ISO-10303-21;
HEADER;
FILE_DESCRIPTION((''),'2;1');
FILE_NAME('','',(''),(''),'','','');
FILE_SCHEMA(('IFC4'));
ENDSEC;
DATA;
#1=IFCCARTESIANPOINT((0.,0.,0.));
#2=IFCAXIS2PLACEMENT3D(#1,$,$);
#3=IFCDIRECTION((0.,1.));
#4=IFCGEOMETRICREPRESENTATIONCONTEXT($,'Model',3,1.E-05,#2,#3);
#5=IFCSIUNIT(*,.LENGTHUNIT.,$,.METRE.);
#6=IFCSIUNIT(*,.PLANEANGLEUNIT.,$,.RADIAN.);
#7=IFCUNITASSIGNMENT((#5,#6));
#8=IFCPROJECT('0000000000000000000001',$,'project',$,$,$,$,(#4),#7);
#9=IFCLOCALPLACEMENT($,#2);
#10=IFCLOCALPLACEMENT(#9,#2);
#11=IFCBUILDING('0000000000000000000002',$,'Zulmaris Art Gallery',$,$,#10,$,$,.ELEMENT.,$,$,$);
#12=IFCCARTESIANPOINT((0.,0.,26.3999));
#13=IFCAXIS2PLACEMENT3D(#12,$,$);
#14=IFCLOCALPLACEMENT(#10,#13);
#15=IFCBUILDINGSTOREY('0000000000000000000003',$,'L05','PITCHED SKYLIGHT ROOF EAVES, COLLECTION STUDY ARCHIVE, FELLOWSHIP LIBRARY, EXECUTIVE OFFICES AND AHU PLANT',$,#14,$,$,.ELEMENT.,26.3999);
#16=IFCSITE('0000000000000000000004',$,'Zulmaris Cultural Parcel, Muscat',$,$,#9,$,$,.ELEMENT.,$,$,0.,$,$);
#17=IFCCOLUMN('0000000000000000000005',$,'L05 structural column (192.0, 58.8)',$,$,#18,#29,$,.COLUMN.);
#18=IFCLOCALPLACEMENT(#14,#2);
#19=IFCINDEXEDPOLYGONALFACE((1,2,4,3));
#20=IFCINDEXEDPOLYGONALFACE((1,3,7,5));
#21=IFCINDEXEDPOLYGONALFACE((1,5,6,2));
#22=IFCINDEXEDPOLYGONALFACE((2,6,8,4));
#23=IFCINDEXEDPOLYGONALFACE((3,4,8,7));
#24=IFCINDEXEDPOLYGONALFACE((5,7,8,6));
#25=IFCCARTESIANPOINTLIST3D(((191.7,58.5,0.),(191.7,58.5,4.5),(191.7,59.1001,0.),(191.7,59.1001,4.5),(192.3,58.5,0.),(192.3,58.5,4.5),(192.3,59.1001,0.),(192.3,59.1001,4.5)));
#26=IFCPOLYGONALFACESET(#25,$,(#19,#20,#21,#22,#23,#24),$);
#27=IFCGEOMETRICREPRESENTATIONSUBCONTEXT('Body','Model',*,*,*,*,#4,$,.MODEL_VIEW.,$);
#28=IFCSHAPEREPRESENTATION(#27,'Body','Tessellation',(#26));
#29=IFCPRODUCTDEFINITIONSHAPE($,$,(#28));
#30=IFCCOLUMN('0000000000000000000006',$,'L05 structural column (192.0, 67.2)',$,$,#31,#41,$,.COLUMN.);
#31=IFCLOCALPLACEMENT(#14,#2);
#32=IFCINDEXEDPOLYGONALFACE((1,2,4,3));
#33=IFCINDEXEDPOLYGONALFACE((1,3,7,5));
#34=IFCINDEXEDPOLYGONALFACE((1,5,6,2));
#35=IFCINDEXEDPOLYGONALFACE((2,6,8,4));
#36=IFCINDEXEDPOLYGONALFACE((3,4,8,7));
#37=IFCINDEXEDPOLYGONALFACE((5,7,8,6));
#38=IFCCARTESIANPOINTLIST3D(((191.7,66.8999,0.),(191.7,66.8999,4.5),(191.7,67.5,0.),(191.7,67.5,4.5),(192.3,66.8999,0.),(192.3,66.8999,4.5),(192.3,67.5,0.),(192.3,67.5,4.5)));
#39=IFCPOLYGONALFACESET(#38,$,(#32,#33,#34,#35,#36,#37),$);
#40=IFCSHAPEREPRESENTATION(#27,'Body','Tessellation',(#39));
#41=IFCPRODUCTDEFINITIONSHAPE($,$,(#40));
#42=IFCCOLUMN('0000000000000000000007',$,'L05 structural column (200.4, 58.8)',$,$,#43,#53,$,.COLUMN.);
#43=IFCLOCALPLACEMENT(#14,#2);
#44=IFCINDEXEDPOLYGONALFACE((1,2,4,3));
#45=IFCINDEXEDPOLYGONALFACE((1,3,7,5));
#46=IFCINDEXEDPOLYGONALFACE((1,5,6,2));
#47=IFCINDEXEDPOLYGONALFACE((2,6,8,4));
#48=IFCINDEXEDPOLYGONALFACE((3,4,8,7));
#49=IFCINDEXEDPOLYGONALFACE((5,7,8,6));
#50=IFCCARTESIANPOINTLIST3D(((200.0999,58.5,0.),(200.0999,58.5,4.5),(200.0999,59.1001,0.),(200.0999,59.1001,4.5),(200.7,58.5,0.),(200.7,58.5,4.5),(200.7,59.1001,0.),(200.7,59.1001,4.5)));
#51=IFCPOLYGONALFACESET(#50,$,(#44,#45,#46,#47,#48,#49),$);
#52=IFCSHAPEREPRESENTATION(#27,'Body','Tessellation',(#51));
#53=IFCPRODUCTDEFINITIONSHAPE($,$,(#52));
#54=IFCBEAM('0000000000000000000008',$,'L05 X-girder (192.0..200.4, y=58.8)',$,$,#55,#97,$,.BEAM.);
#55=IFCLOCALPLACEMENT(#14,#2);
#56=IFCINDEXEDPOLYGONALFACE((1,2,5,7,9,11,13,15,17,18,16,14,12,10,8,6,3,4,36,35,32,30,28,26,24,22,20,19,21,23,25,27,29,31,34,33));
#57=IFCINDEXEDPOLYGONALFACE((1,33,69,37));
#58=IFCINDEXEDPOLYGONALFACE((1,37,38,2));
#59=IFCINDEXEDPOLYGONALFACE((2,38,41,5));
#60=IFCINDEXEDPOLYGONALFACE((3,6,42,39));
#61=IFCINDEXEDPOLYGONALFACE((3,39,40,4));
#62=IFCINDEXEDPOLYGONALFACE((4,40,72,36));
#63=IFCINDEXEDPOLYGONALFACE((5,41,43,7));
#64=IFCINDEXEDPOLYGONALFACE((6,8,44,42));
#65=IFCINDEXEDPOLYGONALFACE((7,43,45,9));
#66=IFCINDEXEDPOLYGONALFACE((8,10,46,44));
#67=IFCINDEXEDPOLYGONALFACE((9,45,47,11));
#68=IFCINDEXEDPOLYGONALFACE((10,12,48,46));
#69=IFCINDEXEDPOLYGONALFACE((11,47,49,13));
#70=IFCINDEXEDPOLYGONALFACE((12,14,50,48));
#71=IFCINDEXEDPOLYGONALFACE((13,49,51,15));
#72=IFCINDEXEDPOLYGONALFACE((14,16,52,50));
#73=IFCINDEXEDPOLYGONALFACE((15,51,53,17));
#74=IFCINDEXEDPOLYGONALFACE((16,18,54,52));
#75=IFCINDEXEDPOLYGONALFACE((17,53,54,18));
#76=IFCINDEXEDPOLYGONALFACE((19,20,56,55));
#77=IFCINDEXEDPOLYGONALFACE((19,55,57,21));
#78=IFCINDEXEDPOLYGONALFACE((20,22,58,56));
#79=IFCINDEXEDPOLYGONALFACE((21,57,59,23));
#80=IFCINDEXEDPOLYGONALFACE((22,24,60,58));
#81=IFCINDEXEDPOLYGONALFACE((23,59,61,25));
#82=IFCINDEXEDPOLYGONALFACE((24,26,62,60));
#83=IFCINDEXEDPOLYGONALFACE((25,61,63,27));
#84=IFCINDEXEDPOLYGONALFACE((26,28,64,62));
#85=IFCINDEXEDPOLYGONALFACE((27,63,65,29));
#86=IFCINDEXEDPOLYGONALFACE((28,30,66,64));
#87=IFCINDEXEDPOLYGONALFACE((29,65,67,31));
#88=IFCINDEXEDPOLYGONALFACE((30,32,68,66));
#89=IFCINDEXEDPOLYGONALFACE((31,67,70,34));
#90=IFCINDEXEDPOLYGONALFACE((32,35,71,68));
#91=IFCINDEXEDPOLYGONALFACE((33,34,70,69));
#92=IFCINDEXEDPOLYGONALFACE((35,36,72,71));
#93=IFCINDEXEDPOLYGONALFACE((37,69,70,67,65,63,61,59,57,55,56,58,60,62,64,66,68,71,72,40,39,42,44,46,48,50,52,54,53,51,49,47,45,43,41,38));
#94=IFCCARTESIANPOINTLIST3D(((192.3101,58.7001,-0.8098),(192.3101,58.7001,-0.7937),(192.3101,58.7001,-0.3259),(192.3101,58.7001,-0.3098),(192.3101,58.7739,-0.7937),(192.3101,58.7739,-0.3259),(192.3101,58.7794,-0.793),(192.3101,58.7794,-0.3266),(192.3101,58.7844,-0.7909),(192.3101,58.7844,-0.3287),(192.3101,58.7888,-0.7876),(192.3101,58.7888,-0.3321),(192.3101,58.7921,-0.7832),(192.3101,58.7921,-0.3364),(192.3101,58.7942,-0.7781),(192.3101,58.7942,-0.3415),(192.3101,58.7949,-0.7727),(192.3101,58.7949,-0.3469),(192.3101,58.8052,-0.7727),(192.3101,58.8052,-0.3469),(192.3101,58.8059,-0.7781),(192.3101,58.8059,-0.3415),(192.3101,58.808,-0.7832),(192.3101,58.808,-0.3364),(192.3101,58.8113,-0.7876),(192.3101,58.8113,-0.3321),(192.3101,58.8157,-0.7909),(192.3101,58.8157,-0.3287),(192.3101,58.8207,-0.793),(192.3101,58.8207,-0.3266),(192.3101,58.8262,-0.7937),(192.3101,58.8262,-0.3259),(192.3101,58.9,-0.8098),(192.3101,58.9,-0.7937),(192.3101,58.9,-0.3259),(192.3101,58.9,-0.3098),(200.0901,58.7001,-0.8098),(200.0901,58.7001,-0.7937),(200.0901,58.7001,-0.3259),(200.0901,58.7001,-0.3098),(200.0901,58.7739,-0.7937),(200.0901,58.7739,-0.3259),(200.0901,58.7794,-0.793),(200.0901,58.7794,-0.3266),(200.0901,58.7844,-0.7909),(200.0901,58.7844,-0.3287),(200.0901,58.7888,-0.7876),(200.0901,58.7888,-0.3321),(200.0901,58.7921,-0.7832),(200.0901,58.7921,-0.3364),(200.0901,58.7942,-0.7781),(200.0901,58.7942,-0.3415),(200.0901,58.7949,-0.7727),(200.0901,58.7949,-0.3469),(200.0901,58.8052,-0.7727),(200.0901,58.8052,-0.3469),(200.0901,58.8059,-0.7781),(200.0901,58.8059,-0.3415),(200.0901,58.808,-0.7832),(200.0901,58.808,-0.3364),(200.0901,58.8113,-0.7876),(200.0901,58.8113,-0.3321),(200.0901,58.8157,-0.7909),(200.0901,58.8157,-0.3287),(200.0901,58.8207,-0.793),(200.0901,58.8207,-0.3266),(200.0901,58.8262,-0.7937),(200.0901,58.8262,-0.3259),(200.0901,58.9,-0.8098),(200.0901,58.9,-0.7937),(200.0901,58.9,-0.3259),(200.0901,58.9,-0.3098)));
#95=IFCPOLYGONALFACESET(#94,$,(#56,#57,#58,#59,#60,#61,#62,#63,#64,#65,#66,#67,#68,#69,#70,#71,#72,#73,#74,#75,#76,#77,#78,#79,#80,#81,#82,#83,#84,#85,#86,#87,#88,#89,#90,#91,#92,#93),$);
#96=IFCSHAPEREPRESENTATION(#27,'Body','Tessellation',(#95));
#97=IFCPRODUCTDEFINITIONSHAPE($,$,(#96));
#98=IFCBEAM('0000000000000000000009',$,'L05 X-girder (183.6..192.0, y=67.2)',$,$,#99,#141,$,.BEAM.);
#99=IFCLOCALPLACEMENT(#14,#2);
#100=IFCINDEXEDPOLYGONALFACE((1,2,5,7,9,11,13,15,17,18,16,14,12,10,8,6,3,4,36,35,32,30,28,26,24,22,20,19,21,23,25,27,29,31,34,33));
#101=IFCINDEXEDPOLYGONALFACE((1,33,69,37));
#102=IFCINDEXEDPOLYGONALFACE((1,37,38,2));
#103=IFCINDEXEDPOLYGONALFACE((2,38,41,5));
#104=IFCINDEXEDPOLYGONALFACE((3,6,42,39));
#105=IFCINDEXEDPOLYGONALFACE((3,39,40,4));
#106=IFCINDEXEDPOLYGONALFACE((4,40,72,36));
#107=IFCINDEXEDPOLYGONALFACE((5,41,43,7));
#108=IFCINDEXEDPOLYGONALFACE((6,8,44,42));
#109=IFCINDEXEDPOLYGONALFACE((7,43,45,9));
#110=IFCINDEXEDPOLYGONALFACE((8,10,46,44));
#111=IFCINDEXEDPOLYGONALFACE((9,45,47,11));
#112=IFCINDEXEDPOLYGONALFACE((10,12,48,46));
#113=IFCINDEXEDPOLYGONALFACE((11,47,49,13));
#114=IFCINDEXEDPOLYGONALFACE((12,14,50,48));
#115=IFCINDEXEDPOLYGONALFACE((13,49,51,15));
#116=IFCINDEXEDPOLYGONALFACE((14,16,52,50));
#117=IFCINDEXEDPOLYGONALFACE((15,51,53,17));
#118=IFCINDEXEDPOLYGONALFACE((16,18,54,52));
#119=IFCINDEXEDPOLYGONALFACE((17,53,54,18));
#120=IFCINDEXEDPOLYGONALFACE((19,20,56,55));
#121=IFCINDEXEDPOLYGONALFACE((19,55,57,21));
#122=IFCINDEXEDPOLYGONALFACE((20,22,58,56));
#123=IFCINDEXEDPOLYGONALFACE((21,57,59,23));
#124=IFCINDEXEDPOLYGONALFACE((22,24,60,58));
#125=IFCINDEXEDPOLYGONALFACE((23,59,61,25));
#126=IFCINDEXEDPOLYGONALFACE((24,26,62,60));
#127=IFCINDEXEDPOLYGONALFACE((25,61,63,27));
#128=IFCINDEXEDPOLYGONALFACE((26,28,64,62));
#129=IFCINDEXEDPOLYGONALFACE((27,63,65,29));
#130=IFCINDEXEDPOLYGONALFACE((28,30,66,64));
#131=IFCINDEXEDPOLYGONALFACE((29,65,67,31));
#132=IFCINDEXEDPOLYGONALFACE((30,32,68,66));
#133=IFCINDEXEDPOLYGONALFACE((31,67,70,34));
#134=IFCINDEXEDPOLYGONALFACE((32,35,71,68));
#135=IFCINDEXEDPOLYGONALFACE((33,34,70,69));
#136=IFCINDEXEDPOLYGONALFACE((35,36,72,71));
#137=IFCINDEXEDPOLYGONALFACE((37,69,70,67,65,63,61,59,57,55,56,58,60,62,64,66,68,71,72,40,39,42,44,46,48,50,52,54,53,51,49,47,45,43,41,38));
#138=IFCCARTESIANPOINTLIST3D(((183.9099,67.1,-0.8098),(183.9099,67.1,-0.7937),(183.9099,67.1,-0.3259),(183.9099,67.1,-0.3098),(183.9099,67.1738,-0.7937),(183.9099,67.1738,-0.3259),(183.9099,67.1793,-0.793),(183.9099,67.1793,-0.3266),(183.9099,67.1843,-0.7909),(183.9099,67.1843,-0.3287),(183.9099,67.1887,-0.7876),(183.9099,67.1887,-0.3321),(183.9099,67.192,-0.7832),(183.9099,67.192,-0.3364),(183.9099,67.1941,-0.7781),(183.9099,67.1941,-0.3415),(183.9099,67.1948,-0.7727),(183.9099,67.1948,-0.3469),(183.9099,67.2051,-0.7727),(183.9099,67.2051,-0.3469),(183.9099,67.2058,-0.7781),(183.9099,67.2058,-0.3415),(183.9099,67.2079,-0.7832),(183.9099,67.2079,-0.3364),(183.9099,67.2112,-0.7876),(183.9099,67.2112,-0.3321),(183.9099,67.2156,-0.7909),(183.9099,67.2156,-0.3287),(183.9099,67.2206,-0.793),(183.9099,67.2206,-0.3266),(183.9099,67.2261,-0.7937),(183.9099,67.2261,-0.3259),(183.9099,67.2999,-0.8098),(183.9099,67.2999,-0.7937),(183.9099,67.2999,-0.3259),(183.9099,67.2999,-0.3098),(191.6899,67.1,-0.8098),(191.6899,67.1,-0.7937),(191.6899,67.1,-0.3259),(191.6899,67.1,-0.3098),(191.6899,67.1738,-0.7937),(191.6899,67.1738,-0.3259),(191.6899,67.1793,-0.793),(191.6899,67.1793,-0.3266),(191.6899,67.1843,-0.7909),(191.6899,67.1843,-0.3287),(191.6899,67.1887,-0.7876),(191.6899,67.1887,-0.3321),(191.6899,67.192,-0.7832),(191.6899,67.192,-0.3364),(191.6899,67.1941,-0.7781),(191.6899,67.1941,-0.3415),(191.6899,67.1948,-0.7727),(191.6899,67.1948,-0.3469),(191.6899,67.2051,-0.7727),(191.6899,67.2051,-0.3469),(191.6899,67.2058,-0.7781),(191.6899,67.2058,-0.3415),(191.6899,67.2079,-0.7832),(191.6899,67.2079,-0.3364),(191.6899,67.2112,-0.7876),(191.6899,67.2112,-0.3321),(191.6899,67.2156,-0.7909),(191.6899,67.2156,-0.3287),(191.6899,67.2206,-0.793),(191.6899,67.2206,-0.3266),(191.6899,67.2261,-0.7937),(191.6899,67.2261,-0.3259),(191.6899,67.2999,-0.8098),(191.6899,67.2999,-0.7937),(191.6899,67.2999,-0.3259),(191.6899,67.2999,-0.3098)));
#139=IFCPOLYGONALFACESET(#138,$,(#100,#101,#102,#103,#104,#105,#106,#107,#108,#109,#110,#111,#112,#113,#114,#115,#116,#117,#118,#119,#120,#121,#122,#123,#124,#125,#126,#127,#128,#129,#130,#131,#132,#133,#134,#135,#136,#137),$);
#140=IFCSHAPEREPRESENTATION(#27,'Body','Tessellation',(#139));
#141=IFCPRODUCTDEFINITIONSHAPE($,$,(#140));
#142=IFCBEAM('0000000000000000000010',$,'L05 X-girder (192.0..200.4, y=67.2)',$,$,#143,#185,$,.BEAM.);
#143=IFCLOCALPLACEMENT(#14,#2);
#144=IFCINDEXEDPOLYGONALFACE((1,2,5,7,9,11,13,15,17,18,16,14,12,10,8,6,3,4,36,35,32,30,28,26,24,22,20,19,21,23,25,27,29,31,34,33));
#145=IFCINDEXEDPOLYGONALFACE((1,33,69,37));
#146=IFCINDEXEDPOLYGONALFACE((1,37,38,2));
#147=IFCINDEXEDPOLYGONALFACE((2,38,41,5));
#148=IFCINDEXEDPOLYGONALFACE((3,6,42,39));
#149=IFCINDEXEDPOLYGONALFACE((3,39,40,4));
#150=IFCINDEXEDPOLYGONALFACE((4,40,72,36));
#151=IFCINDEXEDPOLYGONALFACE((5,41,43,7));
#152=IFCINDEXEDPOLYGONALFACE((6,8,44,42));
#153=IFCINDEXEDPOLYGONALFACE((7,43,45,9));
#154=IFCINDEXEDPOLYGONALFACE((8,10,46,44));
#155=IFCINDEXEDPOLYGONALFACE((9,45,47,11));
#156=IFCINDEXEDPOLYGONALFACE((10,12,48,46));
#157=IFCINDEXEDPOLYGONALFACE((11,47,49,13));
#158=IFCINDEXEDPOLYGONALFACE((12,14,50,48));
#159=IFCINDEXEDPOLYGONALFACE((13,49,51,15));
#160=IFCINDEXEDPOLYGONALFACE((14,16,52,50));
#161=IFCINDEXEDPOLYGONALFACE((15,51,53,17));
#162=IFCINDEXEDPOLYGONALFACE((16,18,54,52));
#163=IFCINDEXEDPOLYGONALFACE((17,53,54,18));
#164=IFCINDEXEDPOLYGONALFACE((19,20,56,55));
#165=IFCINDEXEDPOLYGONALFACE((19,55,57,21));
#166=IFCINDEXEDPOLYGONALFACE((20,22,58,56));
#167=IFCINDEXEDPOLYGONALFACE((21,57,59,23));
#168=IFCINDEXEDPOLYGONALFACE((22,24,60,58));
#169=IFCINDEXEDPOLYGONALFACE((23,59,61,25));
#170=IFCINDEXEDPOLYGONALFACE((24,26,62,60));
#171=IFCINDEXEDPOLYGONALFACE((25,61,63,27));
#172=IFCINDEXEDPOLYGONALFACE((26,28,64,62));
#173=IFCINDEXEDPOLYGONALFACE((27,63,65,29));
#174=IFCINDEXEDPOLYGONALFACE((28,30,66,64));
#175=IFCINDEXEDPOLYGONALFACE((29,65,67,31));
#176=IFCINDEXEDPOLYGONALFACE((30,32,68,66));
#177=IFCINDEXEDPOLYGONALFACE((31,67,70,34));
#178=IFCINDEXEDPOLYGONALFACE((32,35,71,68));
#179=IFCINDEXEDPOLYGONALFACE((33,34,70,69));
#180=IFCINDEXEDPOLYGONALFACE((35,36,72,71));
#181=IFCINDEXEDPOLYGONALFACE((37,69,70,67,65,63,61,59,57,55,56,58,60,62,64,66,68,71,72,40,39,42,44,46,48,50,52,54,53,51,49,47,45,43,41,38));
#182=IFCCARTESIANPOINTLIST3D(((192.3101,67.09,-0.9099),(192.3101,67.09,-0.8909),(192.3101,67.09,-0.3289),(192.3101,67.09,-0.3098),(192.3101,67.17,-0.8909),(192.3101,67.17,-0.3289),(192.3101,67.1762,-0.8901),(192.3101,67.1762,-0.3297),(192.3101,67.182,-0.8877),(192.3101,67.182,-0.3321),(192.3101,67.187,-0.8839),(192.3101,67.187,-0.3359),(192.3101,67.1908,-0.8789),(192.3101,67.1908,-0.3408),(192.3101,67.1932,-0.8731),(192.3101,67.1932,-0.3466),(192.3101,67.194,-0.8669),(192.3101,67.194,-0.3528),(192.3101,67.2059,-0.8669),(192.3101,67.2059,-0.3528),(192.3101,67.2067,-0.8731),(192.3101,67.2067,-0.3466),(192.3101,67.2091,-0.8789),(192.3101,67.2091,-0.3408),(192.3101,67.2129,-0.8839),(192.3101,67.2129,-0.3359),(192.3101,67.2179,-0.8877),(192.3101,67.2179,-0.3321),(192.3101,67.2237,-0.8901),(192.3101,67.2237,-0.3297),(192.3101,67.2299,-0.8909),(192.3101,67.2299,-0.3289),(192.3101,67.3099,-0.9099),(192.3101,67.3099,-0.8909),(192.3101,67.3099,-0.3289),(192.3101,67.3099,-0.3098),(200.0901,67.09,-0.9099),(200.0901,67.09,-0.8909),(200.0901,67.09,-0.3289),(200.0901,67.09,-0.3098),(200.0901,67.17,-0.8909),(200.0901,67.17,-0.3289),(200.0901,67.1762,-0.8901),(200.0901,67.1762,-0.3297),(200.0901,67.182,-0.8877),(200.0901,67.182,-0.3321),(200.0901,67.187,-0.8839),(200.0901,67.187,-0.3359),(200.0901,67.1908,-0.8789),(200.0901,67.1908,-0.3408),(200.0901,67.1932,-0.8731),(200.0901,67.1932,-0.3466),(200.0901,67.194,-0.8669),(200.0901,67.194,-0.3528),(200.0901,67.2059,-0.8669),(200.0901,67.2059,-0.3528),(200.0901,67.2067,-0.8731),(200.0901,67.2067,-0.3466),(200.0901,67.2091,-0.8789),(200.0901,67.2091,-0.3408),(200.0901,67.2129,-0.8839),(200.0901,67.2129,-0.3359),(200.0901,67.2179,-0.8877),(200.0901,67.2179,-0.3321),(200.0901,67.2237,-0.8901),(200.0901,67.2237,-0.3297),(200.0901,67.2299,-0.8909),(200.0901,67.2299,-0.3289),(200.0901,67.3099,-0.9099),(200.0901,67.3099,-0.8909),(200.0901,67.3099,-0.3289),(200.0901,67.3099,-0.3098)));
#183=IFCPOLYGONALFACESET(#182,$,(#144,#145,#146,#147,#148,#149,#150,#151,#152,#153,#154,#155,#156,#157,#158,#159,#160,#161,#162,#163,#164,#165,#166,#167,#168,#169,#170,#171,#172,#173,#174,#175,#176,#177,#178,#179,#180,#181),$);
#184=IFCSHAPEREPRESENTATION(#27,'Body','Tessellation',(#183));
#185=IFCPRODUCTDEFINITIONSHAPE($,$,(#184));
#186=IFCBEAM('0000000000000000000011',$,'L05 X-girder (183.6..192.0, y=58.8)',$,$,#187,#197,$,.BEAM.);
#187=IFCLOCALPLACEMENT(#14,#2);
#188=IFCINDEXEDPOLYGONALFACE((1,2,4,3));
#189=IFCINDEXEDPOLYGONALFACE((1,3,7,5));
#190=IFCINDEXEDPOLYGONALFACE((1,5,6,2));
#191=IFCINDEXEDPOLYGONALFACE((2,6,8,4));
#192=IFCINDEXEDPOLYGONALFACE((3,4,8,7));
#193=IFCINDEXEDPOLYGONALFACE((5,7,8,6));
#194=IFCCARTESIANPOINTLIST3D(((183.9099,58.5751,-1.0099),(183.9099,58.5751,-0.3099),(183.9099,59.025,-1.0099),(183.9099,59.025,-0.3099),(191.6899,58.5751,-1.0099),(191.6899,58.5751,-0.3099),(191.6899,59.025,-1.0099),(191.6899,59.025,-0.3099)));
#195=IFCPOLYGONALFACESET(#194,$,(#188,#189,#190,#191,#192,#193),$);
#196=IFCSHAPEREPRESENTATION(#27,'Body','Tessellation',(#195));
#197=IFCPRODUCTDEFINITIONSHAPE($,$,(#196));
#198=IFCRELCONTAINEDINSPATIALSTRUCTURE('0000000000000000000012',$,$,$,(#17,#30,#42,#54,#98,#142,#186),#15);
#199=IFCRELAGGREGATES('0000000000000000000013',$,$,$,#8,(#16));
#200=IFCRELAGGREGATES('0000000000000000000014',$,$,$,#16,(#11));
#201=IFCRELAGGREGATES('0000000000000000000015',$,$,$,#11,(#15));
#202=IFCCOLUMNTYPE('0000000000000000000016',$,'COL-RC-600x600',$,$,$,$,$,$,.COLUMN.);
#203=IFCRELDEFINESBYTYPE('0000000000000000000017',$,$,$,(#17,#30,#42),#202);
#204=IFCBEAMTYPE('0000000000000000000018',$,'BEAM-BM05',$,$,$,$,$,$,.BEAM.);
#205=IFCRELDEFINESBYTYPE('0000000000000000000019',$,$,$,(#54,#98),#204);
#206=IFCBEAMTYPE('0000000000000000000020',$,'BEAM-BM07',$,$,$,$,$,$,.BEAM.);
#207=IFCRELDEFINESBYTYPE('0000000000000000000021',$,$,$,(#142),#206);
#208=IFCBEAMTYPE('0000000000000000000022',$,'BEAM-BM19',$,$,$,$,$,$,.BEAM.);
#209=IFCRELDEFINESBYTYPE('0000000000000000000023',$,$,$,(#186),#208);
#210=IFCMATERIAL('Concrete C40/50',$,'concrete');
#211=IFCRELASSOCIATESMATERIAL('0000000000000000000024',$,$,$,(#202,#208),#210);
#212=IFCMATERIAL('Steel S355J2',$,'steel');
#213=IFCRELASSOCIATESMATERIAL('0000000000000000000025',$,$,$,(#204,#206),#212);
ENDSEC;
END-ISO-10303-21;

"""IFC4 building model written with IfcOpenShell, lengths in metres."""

from ifc_helpers import new_model, si_unit, direction, frame, origin, origin_2d, place, context, subcontext, project, spatial, rectangle, i_section, extrude, material, material_profile, profile_set, type_object, element, save


model = new_model("IFC4")

# Units and contexts
model_context = context("Model", 3, precision=1e-05, world=origin(), true_north=direction((0.0, 1.0)))
body_context = subcontext(model_context, "Body", "Model", "MODEL_VIEW")
ifc_project = project(units=[si_unit("LENGTHUNIT", "METRE"), si_unit("PLANEANGLEUNIT", "RADIAN")], contexts=[model_context])

# Site, building, storey
site_placement = place(None, origin())
site = spatial("IfcSite", under=ifc_project, at=site_placement, Name="Zulmaris Cultural Parcel, Muscat", CompositionType="ELEMENT", RefElevation=0.0)
building_placement = place(site_placement, origin())
building = spatial("IfcBuilding", under=site, at=building_placement, Name="Zulmaris Art Gallery", CompositionType="ELEMENT")
storey_placement = place(building_placement, frame((0.0, 0.0, 26.3999)))
storey = spatial("IfcBuildingStorey", under=building, at=storey_placement, Name="L05", Description="PITCHED SKYLIGHT ROOF EAVES, COLLECTION STUDY ARCHIVE, FELLOWSHIP LIBRARY, EXECUTIVE OFFICES AND AHU PLANT", CompositionType="ELEMENT", Elevation=26.3999)

# Columns
ifc_material_1 = material(Name="Concrete C40/50", Category="concrete")
ifc_material_profile_1 = material_profile(ifc_material_1, rectangle(XDim=0.6001, YDim=0.6001, at=origin_2d()), Name="RC 600x600")
ifc_profile_set_1 = profile_set([ifc_material_profile_1], Name="Concrete C40/50")
column_type = type_object("IfcColumnType", Name="COL-RC-600x600", PredefinedType="COLUMN", material=ifc_profile_set_1)
for number, where, z_axis, x_axis, name in (
    (1, (192.0, 58.8, 0.0), (0.0, 0.0, 1.0), (1.0, 0.0, 0.0), "L05 structural column (192.0, 58.8)"),
    (2, (192.0, 67.2, 0.0), (0.0, 0.0, 1.0), (1.0, 0.0, 0.0), "L05 structural column (192.0, 67.2)"),
    (3, (200.3999, 58.8, 0.0), (0.0, 0.0, 1.0), (1.0, 0.0, 0.0), "L05 structural column (200.4, 58.8)"),
):
    element("IfcColumn", number, at=place(storey_placement, frame(where, z_axis=z_axis, x_axis=x_axis)), inside=storey, type_object=column_type, Name=name, PredefinedType="COLUMN", context=body_context, shape_type="SweptSolid", body=[
        extrude(rectangle(XDim=0.6001, YDim=0.6001, at=origin_2d()), origin(), (0.0, 0.0, 1.0), 4.5),
    ])

# Beams
ifc_material_2 = material(Name="Steel S355J2", Category="steel")
ifc_material_profile_2 = material_profile(ifc_material_2, i_section(OverallWidth=0.2, OverallDepth=0.5, WebThickness=0.0103, FlangeThickness=0.0161, FilletRadius=0.021, at=origin_2d()), Name="IPE 500")
ifc_profile_set_2 = profile_set([ifc_material_profile_2], Name="Steel S355J2")
beam_type_1 = type_object("IfcBeamType", Name="BEAM-BM05", PredefinedType="BEAM", material=ifc_profile_set_2)
for number, where, z_axis, x_axis, name in (
    (4, (192.3101, 58.8, -0.5598), (1.0, 0.0, 0.0), (0.0, 1.0, 0.0), "L05 X-girder (192.0..200.4, y=58.8)"),
    (5, (183.9099, 67.2, -0.5598), (1.0, 0.0, 0.0), (0.0, 1.0, 0.0), "L05 X-girder (183.6..192.0, y=67.2)"),
):
    element("IfcBeam", number, at=place(storey_placement, frame(where, z_axis=z_axis, x_axis=x_axis)), inside=storey, type_object=beam_type_1, Name=name, PredefinedType="BEAM", context=body_context, shape_type="SweptSolid", body=[
        extrude(i_section(OverallWidth=0.2, OverallDepth=0.5, WebThickness=0.0103, FlangeThickness=0.0161, FilletRadius=0.021, at=origin_2d()), origin(), (0.0, 0.0, 1.0), 7.78),
    ])
ifc_material_profile_3 = material_profile(ifc_material_2, i_section(OverallWidth=0.22, OverallDepth=0.6001, WebThickness=0.012, FlangeThickness=0.019, FilletRadius=0.0239, at=origin_2d()), Name="IPE 600")
ifc_profile_set_3 = profile_set([ifc_material_profile_3], Name="Steel S355J2")
beam_type_2 = type_object("IfcBeamType", Name="BEAM-BM07", PredefinedType="BEAM", material=ifc_profile_set_3)
beam_1_placement = place(storey_placement, frame((192.3101, 67.2, -0.6099), z_axis=(1.0, 0.0, 0.0), x_axis=(0.0, 1.0, 0.0)))
element("IfcBeam", 6, at=beam_1_placement, inside=storey, type_object=beam_type_2, Name="L05 X-girder (192.0..200.4, y=67.2)", PredefinedType="BEAM", context=body_context, shape_type="SweptSolid", body=[
    extrude(i_section(OverallWidth=0.22, OverallDepth=0.6001, WebThickness=0.012, FlangeThickness=0.019, FilletRadius=0.0239, at=origin_2d()), origin(), (0.0, 0.0, 1.0), 7.78),
])
ifc_material_profile_4 = material_profile(ifc_material_1, rectangle(XDim=0.45, YDim=0.7, at=origin_2d()), Name="RC 450x700")
ifc_profile_set_4 = profile_set([ifc_material_profile_4], Name="Concrete C40/50")
beam_type_3 = type_object("IfcBeamType", Name="BEAM-BM19", PredefinedType="BEAM", material=ifc_profile_set_4)
beam_2_placement = place(storey_placement, frame((183.9099, 58.8, -0.6599), z_axis=(1.0, 0.0, 0.0), x_axis=(0.0, 1.0, 0.0)))
element("IfcBeam", 7, at=beam_2_placement, inside=storey, type_object=beam_type_3, Name="L05 X-girder (183.6..192.0, y=58.8)", PredefinedType="BEAM", context=body_context, shape_type="SweptSolid", body=[
    extrude(rectangle(XDim=0.45, YDim=0.7, at=origin_2d()), origin(), (0.0, 0.0, 1.0), 7.78),
])

save(model, "model.ifc")
